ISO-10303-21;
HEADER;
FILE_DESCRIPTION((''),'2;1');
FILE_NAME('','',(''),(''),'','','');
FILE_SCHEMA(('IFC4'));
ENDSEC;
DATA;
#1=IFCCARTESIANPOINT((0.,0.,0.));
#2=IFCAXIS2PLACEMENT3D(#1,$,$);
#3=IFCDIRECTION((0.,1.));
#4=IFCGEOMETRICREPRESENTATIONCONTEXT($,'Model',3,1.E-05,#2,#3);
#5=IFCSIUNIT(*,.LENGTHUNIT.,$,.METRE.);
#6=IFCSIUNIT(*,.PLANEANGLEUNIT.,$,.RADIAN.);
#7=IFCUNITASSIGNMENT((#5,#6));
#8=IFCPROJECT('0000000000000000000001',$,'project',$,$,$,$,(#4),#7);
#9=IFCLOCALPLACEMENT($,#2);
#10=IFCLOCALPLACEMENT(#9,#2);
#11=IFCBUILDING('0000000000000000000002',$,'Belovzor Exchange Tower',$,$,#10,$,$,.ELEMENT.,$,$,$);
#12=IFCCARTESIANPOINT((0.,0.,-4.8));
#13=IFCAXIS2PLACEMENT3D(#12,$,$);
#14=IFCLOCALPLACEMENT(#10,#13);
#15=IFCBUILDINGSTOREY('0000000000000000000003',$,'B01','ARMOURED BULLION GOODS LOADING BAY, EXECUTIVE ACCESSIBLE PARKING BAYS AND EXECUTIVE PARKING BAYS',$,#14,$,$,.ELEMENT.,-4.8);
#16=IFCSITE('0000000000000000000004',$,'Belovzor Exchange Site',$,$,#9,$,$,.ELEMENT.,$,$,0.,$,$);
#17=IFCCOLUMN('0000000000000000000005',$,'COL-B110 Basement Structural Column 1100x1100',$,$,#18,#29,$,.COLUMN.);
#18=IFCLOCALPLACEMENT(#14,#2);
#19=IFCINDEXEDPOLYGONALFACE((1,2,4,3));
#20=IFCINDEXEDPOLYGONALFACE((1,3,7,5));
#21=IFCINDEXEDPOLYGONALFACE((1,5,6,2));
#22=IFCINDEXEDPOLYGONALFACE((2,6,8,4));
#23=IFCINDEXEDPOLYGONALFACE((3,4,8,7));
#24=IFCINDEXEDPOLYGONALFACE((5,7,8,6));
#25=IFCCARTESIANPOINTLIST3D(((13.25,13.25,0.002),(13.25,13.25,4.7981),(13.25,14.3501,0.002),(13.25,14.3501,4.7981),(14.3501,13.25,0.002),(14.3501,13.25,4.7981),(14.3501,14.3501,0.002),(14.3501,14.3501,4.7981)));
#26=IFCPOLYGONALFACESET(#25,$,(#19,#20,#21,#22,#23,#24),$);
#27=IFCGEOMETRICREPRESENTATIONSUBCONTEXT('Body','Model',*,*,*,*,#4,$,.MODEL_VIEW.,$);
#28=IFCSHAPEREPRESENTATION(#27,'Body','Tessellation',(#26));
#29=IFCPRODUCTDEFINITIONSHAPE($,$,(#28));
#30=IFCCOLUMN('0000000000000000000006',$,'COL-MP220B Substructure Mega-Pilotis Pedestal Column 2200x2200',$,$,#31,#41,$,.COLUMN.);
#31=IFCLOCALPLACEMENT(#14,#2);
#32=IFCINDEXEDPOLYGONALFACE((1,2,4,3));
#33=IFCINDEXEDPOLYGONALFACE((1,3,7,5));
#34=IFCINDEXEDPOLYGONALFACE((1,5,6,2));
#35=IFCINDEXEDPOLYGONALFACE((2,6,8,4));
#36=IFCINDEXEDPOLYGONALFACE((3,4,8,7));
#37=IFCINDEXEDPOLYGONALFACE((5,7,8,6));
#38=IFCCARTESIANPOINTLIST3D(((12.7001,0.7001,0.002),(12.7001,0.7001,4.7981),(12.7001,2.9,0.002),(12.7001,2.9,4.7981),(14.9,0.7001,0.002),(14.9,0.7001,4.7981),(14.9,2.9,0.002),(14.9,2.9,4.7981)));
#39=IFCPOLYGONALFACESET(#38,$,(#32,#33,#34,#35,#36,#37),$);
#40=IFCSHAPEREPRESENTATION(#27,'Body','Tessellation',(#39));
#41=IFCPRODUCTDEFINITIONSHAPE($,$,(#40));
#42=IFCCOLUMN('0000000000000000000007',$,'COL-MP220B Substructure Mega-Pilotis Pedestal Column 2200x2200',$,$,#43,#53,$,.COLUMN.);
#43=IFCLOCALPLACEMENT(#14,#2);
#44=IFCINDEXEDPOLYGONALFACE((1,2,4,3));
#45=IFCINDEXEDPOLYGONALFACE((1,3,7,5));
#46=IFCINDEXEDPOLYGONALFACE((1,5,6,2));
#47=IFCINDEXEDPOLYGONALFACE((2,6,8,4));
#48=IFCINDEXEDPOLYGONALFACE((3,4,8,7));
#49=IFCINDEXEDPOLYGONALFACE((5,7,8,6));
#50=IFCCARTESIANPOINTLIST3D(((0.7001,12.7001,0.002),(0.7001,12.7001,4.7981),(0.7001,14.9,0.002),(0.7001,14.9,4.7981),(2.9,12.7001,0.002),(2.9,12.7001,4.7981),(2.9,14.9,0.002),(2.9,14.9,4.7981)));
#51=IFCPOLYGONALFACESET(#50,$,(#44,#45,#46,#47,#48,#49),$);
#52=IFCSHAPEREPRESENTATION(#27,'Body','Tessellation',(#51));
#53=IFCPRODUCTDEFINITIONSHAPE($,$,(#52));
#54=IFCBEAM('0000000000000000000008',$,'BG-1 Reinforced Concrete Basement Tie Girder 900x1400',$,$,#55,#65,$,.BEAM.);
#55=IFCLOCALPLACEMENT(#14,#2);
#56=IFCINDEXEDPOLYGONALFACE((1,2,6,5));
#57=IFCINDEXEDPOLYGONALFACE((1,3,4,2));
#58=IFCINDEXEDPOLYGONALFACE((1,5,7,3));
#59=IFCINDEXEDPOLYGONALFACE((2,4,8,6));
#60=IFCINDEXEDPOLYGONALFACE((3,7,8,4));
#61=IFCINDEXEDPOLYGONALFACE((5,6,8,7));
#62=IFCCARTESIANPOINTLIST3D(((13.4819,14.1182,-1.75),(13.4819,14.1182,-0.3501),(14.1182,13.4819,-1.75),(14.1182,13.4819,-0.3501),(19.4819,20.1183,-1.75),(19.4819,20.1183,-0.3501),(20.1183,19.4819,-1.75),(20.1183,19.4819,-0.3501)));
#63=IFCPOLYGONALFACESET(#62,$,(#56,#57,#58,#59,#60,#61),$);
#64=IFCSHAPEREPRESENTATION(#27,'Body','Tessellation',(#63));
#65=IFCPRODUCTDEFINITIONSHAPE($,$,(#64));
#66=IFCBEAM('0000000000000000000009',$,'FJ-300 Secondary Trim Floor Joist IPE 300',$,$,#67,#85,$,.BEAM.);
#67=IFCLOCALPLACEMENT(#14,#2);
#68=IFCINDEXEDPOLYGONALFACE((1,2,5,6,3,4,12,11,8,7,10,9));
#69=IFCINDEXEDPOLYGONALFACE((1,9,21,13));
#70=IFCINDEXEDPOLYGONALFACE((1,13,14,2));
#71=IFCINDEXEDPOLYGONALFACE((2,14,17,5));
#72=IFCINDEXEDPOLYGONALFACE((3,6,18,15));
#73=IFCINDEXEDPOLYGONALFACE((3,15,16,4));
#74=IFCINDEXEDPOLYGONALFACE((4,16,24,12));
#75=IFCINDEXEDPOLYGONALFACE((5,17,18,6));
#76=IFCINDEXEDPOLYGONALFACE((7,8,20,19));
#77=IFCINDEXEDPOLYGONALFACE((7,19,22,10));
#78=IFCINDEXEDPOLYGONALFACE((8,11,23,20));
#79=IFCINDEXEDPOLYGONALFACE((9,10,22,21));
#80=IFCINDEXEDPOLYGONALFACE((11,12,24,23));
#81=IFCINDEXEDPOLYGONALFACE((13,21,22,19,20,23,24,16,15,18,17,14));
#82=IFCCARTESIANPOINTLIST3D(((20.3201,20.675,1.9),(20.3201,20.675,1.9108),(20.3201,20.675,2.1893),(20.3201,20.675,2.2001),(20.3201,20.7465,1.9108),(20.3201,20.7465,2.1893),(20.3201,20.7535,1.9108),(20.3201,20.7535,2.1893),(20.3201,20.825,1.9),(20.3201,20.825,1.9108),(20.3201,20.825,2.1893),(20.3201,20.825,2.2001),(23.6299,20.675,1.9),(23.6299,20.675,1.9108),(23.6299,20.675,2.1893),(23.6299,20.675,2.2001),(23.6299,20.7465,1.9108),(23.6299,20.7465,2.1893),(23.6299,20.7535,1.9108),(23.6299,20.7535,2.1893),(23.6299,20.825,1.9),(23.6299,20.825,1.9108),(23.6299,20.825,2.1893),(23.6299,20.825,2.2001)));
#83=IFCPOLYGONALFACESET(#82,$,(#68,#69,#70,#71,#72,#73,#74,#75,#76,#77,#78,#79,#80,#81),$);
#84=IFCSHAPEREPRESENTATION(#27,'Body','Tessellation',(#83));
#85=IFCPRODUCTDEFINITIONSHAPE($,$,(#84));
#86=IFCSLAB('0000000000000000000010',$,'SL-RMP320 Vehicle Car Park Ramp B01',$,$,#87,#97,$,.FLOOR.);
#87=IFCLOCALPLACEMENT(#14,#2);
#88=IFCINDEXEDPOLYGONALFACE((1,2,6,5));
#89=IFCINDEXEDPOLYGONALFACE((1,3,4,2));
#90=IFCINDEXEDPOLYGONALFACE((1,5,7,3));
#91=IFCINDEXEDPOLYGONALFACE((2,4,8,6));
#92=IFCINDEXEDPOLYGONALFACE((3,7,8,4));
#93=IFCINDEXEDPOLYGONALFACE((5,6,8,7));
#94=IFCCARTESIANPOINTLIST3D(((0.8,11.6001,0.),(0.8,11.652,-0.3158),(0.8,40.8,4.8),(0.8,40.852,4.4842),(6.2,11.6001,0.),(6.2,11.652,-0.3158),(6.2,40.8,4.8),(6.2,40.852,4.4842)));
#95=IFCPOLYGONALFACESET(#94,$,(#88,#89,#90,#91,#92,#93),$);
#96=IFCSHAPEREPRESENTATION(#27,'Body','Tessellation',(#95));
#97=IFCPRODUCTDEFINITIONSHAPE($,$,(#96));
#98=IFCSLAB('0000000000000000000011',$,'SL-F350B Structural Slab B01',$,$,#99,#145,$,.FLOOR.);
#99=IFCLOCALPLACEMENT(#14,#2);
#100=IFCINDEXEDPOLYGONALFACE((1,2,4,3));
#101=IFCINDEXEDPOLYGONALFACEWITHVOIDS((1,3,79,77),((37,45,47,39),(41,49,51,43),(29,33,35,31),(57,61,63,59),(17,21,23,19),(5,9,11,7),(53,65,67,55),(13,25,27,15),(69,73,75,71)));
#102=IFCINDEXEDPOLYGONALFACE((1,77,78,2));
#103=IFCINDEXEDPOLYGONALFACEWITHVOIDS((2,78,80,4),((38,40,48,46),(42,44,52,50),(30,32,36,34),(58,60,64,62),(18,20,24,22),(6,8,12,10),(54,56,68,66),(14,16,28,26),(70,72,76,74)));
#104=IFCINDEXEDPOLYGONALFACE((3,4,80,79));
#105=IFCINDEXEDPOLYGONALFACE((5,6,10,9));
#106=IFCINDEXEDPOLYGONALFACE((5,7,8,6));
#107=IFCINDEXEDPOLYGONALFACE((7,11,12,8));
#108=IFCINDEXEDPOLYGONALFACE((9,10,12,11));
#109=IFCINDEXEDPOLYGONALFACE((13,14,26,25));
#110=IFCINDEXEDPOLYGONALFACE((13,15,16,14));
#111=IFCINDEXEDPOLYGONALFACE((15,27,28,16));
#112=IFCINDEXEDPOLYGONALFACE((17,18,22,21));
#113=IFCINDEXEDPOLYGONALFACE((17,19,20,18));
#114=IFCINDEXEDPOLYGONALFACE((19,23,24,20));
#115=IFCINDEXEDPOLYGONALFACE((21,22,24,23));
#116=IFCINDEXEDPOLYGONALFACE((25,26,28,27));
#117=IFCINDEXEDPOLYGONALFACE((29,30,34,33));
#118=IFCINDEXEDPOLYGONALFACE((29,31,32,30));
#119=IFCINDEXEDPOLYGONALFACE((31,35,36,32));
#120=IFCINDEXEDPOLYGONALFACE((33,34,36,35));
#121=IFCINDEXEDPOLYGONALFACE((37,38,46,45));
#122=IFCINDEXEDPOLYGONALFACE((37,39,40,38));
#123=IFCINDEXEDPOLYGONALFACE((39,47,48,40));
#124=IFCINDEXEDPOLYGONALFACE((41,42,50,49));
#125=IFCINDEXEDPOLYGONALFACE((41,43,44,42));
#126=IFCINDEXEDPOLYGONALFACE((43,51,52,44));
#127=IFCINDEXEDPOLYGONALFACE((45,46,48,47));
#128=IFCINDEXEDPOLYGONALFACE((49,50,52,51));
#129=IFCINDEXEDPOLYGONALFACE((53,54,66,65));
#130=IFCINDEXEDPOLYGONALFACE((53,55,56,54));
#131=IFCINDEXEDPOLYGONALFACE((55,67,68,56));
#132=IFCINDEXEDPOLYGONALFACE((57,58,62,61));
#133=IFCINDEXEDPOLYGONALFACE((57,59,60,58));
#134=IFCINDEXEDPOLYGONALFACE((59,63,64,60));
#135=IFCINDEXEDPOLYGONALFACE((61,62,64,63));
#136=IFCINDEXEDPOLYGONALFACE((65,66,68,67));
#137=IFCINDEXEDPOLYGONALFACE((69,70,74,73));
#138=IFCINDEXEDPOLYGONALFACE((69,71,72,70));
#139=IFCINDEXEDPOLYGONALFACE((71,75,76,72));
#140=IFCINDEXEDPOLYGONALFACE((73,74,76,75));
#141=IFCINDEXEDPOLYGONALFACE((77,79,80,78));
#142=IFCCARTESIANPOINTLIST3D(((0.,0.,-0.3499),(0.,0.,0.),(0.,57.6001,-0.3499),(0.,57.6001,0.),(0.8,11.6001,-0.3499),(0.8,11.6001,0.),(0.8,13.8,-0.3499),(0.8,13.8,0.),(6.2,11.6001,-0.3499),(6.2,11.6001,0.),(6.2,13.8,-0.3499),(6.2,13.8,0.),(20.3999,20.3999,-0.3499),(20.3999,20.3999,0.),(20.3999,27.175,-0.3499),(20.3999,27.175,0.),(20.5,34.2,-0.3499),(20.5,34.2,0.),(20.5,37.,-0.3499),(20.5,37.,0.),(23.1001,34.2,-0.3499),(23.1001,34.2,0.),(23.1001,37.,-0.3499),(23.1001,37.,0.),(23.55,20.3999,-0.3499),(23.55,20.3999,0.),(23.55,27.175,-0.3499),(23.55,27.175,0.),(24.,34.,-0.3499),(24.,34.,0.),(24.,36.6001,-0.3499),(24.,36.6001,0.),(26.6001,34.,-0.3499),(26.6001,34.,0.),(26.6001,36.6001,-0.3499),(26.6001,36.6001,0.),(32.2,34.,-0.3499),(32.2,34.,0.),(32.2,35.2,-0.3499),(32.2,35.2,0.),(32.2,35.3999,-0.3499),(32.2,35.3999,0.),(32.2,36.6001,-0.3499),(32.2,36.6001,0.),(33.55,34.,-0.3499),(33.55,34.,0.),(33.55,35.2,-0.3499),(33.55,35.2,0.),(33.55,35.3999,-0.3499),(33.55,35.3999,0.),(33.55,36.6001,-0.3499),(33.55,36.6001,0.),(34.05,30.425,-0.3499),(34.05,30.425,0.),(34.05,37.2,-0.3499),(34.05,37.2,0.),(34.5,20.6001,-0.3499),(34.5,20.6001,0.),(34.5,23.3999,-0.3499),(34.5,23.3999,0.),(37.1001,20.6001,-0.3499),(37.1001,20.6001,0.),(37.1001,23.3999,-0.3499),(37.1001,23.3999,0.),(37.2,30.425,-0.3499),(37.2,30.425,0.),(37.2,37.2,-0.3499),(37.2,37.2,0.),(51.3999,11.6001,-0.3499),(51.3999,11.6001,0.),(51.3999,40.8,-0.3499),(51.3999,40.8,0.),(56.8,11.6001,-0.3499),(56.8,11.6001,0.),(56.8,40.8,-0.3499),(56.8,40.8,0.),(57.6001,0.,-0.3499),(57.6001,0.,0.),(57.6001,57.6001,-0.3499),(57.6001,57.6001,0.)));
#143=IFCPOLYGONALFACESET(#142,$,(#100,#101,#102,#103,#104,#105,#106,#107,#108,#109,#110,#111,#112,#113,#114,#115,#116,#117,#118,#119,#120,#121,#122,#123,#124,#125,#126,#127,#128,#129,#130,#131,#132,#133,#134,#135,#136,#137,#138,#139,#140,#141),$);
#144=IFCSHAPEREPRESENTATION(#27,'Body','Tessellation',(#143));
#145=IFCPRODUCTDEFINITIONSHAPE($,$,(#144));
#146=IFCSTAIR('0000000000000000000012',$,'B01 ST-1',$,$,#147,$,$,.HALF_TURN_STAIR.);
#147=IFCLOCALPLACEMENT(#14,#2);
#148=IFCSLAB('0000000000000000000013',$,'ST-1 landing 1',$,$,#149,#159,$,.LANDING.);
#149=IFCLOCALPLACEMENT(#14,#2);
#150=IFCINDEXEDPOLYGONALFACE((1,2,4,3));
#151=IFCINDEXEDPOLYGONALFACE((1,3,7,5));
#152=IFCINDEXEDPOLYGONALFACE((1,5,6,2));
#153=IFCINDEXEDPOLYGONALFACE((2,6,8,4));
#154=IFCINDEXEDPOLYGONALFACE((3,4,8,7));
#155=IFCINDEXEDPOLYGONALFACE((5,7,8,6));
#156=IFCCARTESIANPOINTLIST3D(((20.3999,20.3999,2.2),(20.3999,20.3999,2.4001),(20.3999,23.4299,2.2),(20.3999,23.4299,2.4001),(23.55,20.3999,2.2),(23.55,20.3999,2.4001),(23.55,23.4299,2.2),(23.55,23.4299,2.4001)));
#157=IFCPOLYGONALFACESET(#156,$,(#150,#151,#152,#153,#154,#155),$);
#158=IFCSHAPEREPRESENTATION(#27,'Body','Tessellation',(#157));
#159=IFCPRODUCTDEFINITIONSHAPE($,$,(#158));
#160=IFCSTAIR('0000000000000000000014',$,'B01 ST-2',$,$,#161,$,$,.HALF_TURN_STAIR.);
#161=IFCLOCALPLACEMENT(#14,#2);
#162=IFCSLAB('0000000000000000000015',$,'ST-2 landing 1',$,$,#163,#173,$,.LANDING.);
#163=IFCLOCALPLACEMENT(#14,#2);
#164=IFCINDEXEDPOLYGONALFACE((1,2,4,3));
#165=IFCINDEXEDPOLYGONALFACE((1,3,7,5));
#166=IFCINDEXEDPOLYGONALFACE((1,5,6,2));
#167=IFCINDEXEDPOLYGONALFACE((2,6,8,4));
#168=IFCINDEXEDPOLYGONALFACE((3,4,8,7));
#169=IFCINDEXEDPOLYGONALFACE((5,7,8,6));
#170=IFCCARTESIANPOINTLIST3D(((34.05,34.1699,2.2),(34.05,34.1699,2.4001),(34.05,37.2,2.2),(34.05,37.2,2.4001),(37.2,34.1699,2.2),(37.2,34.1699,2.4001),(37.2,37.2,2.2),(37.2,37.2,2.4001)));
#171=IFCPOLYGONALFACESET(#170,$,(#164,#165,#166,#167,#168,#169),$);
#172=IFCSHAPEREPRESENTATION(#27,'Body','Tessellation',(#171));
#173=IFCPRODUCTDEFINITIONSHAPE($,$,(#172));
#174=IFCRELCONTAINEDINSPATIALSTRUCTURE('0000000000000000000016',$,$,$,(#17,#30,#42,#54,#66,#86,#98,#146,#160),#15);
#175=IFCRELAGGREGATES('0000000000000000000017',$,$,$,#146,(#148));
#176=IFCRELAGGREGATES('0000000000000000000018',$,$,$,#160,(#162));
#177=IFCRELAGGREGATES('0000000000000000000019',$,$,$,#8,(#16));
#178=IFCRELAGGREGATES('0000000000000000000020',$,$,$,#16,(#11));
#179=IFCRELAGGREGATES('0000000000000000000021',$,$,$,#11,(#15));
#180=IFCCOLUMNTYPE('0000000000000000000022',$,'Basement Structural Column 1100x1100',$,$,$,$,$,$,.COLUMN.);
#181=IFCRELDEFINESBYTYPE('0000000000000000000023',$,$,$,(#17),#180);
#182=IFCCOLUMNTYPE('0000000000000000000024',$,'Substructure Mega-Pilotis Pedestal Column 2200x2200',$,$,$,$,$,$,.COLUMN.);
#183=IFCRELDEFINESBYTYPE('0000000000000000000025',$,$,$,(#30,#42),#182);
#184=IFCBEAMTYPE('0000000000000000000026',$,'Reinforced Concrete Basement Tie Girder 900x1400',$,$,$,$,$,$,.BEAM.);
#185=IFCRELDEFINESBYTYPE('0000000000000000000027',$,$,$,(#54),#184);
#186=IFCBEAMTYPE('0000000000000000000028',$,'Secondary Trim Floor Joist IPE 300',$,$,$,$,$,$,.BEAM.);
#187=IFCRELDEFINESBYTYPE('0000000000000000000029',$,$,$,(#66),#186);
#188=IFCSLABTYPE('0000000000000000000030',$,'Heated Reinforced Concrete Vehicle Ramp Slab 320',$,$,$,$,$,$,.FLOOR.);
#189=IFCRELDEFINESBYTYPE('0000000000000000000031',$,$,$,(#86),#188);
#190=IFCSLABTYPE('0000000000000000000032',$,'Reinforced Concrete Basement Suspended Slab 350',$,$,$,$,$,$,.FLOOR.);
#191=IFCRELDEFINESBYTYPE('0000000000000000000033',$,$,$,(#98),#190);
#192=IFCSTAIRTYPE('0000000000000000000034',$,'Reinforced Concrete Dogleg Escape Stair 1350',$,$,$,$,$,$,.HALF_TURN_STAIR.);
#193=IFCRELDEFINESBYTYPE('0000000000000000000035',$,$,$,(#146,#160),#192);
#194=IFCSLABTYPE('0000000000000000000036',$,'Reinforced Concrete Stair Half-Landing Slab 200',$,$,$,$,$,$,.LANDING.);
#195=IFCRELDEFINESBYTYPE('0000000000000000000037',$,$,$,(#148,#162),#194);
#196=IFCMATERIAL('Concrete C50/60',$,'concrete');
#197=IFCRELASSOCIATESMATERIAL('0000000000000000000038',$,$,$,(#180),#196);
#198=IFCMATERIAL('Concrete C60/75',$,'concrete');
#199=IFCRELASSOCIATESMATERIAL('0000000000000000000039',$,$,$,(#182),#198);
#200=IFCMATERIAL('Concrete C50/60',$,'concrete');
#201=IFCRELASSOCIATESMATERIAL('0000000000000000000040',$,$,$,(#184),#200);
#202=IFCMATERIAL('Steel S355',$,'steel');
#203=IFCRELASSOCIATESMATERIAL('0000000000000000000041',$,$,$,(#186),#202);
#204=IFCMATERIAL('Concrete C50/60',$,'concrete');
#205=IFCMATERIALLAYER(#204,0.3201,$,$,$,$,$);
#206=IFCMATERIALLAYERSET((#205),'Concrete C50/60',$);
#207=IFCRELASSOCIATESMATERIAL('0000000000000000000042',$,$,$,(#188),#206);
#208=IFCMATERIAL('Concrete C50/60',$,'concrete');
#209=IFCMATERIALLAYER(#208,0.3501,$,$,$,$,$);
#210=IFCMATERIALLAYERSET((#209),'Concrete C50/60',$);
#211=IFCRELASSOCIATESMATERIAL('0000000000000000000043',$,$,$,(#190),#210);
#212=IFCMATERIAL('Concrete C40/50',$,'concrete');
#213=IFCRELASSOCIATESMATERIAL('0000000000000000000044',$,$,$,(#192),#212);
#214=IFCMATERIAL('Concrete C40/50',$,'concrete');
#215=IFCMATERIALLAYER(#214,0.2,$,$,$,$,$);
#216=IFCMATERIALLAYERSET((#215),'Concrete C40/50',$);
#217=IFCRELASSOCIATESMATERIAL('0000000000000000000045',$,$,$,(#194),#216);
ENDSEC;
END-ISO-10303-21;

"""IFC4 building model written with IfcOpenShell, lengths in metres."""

from ifc_helpers import new_model, si_unit, direction, frame, origin, origin_2d, place, context, subcontext, project, spatial, polyline, rectangle, i_section, outline, extrude, material, layer, layer_set, material_profile, profile_set, type_object, element, aggregate, save


model = new_model("IFC4")

# Units and contexts
model_context = context("Model", 3, precision=1e-05, world=origin(), true_north=direction((0.0, 1.0)))
body_context = subcontext(model_context, "Body", "Model", "MODEL_VIEW")
ifc_project = project(units=[si_unit("LENGTHUNIT", "METRE"), si_unit("PLANEANGLEUNIT", "RADIAN")], contexts=[model_context])

# Site, building, storey
site_placement = place(None, origin())
site = spatial("IfcSite", under=ifc_project, at=site_placement, Name="Belovzor Exchange Site", CompositionType="ELEMENT", RefElevation=0.0)
building_placement = place(site_placement, origin())
building = spatial("IfcBuilding", under=site, at=building_placement, Name="Belovzor Exchange Tower", CompositionType="ELEMENT")
storey_placement = place(building_placement, frame((0.0, 0.0, -4.8)))
storey = spatial("IfcBuildingStorey", under=building, at=storey_placement, Name="B01", Description="ARMOURED BULLION GOODS LOADING BAY, EXECUTIVE ACCESSIBLE PARKING BAYS AND EXECUTIVE PARKING BAYS", CompositionType="ELEMENT", Elevation=-4.8)

# Columns
ifc_material_1 = material(Name="Concrete C50/60", Category="concrete")
ifc_material_profile_1 = material_profile(ifc_material_1, rectangle(XDim=1.1001, YDim=1.1001, at=origin_2d()))
ifc_profile_set_1 = profile_set([ifc_material_profile_1], Name="Concrete C50/60")
column_type_1 = type_object("IfcColumnType", Name="Basement Structural Column 1100x1100", PredefinedType="COLUMN", material=ifc_profile_set_1)
column_placement = place(storey_placement, frame((13.8, 13.8, 0.002), z_axis=(0.0, 0.0, 1.0), x_axis=(1.0, 0.0, 0.0)))
element("IfcColumn", 1, at=column_placement, inside=storey, type_object=column_type_1, Name="COL-B110 Basement Structural Column 1100x1100", PredefinedType="COLUMN", context=body_context, shape_type="SweptSolid", body=[
    extrude(rectangle(XDim=1.1001, YDim=1.1001, at=origin_2d()), origin(), (0.0, 0.0, 1.0), 4.7961),
])
ifc_material_2 = material(Name="Concrete C60/75", Category="concrete")
ifc_material_profile_2 = material_profile(ifc_material_2, rectangle(XDim=2.2, YDim=2.2, at=origin_2d()))
ifc_profile_set_2 = profile_set([ifc_material_profile_2], Name="Concrete C60/75")
column_type_2 = type_object("IfcColumnType", Name="Substructure Mega-Pilotis Pedestal Column 2200x2200", PredefinedType="COLUMN", material=ifc_profile_set_2)
for number, where, z_axis, x_axis, name in (
    (2, (13.8, 1.8, 0.002), (0.0, 0.0, 1.0), (1.0, 0.0, 0.0), "COL-MP220B Substructure Mega-Pilotis Pedestal Column 2200x2200"),
    (3, (1.8, 13.8, 0.002), (0.0, 0.0, 1.0), (1.0, 0.0, 0.0), "COL-MP220B Substructure Mega-Pilotis Pedestal Column 2200x2200"),
):
    element("IfcColumn", number, at=place(storey_placement, frame(where, z_axis=z_axis, x_axis=x_axis)), inside=storey, type_object=column_type_2, Name=name, PredefinedType="COLUMN", context=body_context, shape_type="SweptSolid", body=[
        extrude(rectangle(XDim=2.2, YDim=2.2, at=origin_2d()), origin(), (0.0, 0.0, 1.0), 4.7961),
    ])

# Beams
ifc_material_3 = material(Name="Concrete C50/60", Category="concrete")
ifc_material_profile_3 = material_profile(ifc_material_3, rectangle(XDim=0.8999, YDim=1.3999, at=origin_2d()))
ifc_profile_set_3 = profile_set([ifc_material_profile_3], Name="Concrete C50/60")
beam_type_1 = type_object("IfcBeamType", Name="Reinforced Concrete Basement Tie Girder 900x1400", PredefinedType="BEAM", material=ifc_profile_set_3)
beam_1_placement = place(storey_placement, frame((13.8, 13.8, -1.05), z_axis=(0.707107, 0.707107, 0.0), x_axis=(-0.707107, 0.707107, 0.0)))
element("IfcBeam", 4, at=beam_1_placement, inside=storey, type_object=beam_type_1, Name="BG-1 Reinforced Concrete Basement Tie Girder 900x1400", PredefinedType="BEAM", context=body_context, shape_type="SweptSolid", body=[
    extrude(rectangle(XDim=0.8999, YDim=1.3999, at=origin_2d()), origin(), (0.0, 0.0, 1.0), 8.4854),
])
ifc_material_4 = material(Name="Steel S355", Category="steel")
ifc_material_profile_4 = material_profile(ifc_material_4, i_section(OverallWidth=0.1499, OverallDepth=0.3, WebThickness=0.0071, FlangeThickness=0.0107, at=origin_2d()))
ifc_profile_set_4 = profile_set([ifc_material_profile_4], Name="Steel S355")
beam_type_2 = type_object("IfcBeamType", Name="Secondary Trim Floor Joist IPE 300", PredefinedType="BEAM", material=ifc_profile_set_4)
beam_2_placement = place(storey_placement, frame((20.3201, 20.75, 2.05), z_axis=(1.0, 0.0, 0.0), x_axis=(0.0, 1.0, 0.0)))
element("IfcBeam", 5, at=beam_2_placement, inside=storey, type_object=beam_type_2, Name="FJ-300 Secondary Trim Floor Joist IPE 300", PredefinedType="BEAM", context=body_context, shape_type="SweptSolid", body=[
    extrude(i_section(OverallWidth=0.1499, OverallDepth=0.3, WebThickness=0.0071, FlangeThickness=0.0107, at=origin_2d()), origin(), (0.0, 0.0, 1.0), 3.3098),
])

# Slabs
ifc_material_5 = material(Name="Concrete C50/60", Category="concrete")
ifc_layer_1 = layer(ifc_material_5, 0.3201)
ifc_layer_set_1 = layer_set([ifc_layer_1], Name="Concrete C50/60")
slab_type_1 = type_object("IfcSlabType", Name="Heated Reinforced Concrete Vehicle Ramp Slab 320", PredefinedType="FLOOR", material=ifc_layer_set_1)
slab_1_placement = place(storey_placement, frame((0.8, 11.6001, 0.0), z_axis=(0.0, -0.162208, 0.986757), x_axis=(1.0, 0.0, 0.0)))
element("IfcSlab", 6, at=slab_1_placement, inside=storey, type_object=slab_type_1, Name="SL-RMP320 Vehicle Car Park Ramp B01", PredefinedType="FLOOR", context=body_context, shape_type="SweptSolid", body=[
    extrude(outline(polyline([(0.0, 0.0), (5.3999, 0.0), (5.3999, 29.5919), (0.0, 29.5919), (0.0, 0.0)])), origin(), (0.0, 0.0, -1.0), 0.3201),
])
ifc_material_6 = material(Name="Concrete C50/60", Category="concrete")
ifc_layer_2 = layer(ifc_material_6, 0.3501)
ifc_layer_set_2 = layer_set([ifc_layer_2], Name="Concrete C50/60")
slab_type_2 = type_object("IfcSlabType", Name="Reinforced Concrete Basement Suspended Slab 350", PredefinedType="FLOOR", material=ifc_layer_set_2)
slab_2_placement = place(storey_placement, frame((0.0, 0.0, -0.3499)))
element("IfcSlab", 7, at=slab_2_placement, inside=storey, type_object=slab_type_2, Name="SL-F350B Structural Slab B01", PredefinedType="FLOOR", context=body_context, shape_type="SweptSolid", body=[
    extrude(outline(polyline([(0.0, 0.0), (57.6001, 0.0), (57.6001, 57.6001), (0.0, 57.6001), (0.0, 0.0)]), holes=[polyline([(20.3999, 27.175), (20.3999, 20.3999), (23.55, 20.3999), (23.55, 27.175), (20.3999, 27.175)]), polyline([(37.2, 30.425), (37.2, 37.2), (34.05, 37.2), (34.05, 30.425), (37.2, 30.425)]), polyline([(20.5, 34.2), (23.1001, 34.2), (23.1001, 37.0), (20.5, 37.0), (20.5, 34.2)]), polyline([(34.5, 20.6001), (37.1001, 20.6001), (37.1001, 23.3999), (34.5, 23.3999), (34.5, 20.6001)]), polyline([(24.0, 34.0), (26.6001, 34.0), (26.6001, 36.6001), (24.0, 36.6001), (24.0, 34.0)]), polyline([(32.2, 34.0), (33.55, 34.0), (33.55, 35.2), (32.2, 35.2), (32.2, 34.0)]), polyline([(32.2, 35.3999), (33.55, 35.3999), (33.55, 36.6001), (32.2, 36.6001), (32.2, 35.3999)]), polyline([(51.3999, 11.6001), (56.8, 11.6001), (56.8, 40.8), (51.3999, 40.8), (51.3999, 11.6001)]), polyline([(0.8, 11.6001), (6.2, 11.6001), (6.2, 13.8), (0.8, 13.8), (0.8, 11.6001)])]), origin(), (0.0, 0.0, 1.0), 0.3499),
])

# Stairs, slabs
ifc_material_7 = material(Name="Concrete C40/50", Category="concrete")
stair_type = type_object("IfcStairType", Name="Reinforced Concrete Dogleg Escape Stair 1350", PredefinedType="HALF_TURN_STAIR", material=ifc_material_7)
stair_1_placement = place(storey_placement, origin())
stair_1 = element("IfcStair", 8, at=stair_1_placement, inside=storey, type_object=stair_type, Name="B01 ST-1", PredefinedType="HALF_TURN_STAIR")
ifc_material_8 = material(Name="Concrete C40/50", Category="concrete")
ifc_layer_3 = layer(ifc_material_8, 0.2)
ifc_layer_set_3 = layer_set([ifc_layer_3], Name="Concrete C40/50")
slab_type_3 = type_object("IfcSlabType", Name="Reinforced Concrete Stair Half-Landing Slab 200", PredefinedType="LANDING", material=ifc_layer_set_3)
slab_3_placement = place(storey_placement, frame((0.0, 0.0, 2.2)))
slab_3 = element("IfcSlab", 9, at=slab_3_placement, type_object=slab_type_3, Name="ST-1 landing 1", PredefinedType="LANDING", context=body_context, shape_type="SweptSolid", body=[
    extrude(outline(polyline([(20.3999, 23.4299), (20.3999, 20.3999), (23.55, 20.3999), (23.55, 23.4299), (20.3999, 23.4299)])), origin(), (0.0, 0.0, 1.0), 0.2002),
])
aggregate(stair_1, [slab_3])
stair_2_placement = place(storey_placement, origin())
stair_2 = element("IfcStair", 10, at=stair_2_placement, inside=storey, type_object=stair_type, Name="B01 ST-2", PredefinedType="HALF_TURN_STAIR")
slab_4_placement = place(storey_placement, frame((0.0, 0.0, 2.2)))
slab_4 = element("IfcSlab", 11, at=slab_4_placement, type_object=slab_type_3, Name="ST-2 landing 1", PredefinedType="LANDING", context=body_context, shape_type="SweptSolid", body=[
    extrude(outline(polyline([(37.2, 34.1699), (37.2, 37.2), (34.05, 37.2), (34.05, 34.1699), (37.2, 34.1699)])), origin(), (0.0, 0.0, 1.0), 0.2002),
])
aggregate(stair_2, [slab_4])

save(model, "model.ifc")
